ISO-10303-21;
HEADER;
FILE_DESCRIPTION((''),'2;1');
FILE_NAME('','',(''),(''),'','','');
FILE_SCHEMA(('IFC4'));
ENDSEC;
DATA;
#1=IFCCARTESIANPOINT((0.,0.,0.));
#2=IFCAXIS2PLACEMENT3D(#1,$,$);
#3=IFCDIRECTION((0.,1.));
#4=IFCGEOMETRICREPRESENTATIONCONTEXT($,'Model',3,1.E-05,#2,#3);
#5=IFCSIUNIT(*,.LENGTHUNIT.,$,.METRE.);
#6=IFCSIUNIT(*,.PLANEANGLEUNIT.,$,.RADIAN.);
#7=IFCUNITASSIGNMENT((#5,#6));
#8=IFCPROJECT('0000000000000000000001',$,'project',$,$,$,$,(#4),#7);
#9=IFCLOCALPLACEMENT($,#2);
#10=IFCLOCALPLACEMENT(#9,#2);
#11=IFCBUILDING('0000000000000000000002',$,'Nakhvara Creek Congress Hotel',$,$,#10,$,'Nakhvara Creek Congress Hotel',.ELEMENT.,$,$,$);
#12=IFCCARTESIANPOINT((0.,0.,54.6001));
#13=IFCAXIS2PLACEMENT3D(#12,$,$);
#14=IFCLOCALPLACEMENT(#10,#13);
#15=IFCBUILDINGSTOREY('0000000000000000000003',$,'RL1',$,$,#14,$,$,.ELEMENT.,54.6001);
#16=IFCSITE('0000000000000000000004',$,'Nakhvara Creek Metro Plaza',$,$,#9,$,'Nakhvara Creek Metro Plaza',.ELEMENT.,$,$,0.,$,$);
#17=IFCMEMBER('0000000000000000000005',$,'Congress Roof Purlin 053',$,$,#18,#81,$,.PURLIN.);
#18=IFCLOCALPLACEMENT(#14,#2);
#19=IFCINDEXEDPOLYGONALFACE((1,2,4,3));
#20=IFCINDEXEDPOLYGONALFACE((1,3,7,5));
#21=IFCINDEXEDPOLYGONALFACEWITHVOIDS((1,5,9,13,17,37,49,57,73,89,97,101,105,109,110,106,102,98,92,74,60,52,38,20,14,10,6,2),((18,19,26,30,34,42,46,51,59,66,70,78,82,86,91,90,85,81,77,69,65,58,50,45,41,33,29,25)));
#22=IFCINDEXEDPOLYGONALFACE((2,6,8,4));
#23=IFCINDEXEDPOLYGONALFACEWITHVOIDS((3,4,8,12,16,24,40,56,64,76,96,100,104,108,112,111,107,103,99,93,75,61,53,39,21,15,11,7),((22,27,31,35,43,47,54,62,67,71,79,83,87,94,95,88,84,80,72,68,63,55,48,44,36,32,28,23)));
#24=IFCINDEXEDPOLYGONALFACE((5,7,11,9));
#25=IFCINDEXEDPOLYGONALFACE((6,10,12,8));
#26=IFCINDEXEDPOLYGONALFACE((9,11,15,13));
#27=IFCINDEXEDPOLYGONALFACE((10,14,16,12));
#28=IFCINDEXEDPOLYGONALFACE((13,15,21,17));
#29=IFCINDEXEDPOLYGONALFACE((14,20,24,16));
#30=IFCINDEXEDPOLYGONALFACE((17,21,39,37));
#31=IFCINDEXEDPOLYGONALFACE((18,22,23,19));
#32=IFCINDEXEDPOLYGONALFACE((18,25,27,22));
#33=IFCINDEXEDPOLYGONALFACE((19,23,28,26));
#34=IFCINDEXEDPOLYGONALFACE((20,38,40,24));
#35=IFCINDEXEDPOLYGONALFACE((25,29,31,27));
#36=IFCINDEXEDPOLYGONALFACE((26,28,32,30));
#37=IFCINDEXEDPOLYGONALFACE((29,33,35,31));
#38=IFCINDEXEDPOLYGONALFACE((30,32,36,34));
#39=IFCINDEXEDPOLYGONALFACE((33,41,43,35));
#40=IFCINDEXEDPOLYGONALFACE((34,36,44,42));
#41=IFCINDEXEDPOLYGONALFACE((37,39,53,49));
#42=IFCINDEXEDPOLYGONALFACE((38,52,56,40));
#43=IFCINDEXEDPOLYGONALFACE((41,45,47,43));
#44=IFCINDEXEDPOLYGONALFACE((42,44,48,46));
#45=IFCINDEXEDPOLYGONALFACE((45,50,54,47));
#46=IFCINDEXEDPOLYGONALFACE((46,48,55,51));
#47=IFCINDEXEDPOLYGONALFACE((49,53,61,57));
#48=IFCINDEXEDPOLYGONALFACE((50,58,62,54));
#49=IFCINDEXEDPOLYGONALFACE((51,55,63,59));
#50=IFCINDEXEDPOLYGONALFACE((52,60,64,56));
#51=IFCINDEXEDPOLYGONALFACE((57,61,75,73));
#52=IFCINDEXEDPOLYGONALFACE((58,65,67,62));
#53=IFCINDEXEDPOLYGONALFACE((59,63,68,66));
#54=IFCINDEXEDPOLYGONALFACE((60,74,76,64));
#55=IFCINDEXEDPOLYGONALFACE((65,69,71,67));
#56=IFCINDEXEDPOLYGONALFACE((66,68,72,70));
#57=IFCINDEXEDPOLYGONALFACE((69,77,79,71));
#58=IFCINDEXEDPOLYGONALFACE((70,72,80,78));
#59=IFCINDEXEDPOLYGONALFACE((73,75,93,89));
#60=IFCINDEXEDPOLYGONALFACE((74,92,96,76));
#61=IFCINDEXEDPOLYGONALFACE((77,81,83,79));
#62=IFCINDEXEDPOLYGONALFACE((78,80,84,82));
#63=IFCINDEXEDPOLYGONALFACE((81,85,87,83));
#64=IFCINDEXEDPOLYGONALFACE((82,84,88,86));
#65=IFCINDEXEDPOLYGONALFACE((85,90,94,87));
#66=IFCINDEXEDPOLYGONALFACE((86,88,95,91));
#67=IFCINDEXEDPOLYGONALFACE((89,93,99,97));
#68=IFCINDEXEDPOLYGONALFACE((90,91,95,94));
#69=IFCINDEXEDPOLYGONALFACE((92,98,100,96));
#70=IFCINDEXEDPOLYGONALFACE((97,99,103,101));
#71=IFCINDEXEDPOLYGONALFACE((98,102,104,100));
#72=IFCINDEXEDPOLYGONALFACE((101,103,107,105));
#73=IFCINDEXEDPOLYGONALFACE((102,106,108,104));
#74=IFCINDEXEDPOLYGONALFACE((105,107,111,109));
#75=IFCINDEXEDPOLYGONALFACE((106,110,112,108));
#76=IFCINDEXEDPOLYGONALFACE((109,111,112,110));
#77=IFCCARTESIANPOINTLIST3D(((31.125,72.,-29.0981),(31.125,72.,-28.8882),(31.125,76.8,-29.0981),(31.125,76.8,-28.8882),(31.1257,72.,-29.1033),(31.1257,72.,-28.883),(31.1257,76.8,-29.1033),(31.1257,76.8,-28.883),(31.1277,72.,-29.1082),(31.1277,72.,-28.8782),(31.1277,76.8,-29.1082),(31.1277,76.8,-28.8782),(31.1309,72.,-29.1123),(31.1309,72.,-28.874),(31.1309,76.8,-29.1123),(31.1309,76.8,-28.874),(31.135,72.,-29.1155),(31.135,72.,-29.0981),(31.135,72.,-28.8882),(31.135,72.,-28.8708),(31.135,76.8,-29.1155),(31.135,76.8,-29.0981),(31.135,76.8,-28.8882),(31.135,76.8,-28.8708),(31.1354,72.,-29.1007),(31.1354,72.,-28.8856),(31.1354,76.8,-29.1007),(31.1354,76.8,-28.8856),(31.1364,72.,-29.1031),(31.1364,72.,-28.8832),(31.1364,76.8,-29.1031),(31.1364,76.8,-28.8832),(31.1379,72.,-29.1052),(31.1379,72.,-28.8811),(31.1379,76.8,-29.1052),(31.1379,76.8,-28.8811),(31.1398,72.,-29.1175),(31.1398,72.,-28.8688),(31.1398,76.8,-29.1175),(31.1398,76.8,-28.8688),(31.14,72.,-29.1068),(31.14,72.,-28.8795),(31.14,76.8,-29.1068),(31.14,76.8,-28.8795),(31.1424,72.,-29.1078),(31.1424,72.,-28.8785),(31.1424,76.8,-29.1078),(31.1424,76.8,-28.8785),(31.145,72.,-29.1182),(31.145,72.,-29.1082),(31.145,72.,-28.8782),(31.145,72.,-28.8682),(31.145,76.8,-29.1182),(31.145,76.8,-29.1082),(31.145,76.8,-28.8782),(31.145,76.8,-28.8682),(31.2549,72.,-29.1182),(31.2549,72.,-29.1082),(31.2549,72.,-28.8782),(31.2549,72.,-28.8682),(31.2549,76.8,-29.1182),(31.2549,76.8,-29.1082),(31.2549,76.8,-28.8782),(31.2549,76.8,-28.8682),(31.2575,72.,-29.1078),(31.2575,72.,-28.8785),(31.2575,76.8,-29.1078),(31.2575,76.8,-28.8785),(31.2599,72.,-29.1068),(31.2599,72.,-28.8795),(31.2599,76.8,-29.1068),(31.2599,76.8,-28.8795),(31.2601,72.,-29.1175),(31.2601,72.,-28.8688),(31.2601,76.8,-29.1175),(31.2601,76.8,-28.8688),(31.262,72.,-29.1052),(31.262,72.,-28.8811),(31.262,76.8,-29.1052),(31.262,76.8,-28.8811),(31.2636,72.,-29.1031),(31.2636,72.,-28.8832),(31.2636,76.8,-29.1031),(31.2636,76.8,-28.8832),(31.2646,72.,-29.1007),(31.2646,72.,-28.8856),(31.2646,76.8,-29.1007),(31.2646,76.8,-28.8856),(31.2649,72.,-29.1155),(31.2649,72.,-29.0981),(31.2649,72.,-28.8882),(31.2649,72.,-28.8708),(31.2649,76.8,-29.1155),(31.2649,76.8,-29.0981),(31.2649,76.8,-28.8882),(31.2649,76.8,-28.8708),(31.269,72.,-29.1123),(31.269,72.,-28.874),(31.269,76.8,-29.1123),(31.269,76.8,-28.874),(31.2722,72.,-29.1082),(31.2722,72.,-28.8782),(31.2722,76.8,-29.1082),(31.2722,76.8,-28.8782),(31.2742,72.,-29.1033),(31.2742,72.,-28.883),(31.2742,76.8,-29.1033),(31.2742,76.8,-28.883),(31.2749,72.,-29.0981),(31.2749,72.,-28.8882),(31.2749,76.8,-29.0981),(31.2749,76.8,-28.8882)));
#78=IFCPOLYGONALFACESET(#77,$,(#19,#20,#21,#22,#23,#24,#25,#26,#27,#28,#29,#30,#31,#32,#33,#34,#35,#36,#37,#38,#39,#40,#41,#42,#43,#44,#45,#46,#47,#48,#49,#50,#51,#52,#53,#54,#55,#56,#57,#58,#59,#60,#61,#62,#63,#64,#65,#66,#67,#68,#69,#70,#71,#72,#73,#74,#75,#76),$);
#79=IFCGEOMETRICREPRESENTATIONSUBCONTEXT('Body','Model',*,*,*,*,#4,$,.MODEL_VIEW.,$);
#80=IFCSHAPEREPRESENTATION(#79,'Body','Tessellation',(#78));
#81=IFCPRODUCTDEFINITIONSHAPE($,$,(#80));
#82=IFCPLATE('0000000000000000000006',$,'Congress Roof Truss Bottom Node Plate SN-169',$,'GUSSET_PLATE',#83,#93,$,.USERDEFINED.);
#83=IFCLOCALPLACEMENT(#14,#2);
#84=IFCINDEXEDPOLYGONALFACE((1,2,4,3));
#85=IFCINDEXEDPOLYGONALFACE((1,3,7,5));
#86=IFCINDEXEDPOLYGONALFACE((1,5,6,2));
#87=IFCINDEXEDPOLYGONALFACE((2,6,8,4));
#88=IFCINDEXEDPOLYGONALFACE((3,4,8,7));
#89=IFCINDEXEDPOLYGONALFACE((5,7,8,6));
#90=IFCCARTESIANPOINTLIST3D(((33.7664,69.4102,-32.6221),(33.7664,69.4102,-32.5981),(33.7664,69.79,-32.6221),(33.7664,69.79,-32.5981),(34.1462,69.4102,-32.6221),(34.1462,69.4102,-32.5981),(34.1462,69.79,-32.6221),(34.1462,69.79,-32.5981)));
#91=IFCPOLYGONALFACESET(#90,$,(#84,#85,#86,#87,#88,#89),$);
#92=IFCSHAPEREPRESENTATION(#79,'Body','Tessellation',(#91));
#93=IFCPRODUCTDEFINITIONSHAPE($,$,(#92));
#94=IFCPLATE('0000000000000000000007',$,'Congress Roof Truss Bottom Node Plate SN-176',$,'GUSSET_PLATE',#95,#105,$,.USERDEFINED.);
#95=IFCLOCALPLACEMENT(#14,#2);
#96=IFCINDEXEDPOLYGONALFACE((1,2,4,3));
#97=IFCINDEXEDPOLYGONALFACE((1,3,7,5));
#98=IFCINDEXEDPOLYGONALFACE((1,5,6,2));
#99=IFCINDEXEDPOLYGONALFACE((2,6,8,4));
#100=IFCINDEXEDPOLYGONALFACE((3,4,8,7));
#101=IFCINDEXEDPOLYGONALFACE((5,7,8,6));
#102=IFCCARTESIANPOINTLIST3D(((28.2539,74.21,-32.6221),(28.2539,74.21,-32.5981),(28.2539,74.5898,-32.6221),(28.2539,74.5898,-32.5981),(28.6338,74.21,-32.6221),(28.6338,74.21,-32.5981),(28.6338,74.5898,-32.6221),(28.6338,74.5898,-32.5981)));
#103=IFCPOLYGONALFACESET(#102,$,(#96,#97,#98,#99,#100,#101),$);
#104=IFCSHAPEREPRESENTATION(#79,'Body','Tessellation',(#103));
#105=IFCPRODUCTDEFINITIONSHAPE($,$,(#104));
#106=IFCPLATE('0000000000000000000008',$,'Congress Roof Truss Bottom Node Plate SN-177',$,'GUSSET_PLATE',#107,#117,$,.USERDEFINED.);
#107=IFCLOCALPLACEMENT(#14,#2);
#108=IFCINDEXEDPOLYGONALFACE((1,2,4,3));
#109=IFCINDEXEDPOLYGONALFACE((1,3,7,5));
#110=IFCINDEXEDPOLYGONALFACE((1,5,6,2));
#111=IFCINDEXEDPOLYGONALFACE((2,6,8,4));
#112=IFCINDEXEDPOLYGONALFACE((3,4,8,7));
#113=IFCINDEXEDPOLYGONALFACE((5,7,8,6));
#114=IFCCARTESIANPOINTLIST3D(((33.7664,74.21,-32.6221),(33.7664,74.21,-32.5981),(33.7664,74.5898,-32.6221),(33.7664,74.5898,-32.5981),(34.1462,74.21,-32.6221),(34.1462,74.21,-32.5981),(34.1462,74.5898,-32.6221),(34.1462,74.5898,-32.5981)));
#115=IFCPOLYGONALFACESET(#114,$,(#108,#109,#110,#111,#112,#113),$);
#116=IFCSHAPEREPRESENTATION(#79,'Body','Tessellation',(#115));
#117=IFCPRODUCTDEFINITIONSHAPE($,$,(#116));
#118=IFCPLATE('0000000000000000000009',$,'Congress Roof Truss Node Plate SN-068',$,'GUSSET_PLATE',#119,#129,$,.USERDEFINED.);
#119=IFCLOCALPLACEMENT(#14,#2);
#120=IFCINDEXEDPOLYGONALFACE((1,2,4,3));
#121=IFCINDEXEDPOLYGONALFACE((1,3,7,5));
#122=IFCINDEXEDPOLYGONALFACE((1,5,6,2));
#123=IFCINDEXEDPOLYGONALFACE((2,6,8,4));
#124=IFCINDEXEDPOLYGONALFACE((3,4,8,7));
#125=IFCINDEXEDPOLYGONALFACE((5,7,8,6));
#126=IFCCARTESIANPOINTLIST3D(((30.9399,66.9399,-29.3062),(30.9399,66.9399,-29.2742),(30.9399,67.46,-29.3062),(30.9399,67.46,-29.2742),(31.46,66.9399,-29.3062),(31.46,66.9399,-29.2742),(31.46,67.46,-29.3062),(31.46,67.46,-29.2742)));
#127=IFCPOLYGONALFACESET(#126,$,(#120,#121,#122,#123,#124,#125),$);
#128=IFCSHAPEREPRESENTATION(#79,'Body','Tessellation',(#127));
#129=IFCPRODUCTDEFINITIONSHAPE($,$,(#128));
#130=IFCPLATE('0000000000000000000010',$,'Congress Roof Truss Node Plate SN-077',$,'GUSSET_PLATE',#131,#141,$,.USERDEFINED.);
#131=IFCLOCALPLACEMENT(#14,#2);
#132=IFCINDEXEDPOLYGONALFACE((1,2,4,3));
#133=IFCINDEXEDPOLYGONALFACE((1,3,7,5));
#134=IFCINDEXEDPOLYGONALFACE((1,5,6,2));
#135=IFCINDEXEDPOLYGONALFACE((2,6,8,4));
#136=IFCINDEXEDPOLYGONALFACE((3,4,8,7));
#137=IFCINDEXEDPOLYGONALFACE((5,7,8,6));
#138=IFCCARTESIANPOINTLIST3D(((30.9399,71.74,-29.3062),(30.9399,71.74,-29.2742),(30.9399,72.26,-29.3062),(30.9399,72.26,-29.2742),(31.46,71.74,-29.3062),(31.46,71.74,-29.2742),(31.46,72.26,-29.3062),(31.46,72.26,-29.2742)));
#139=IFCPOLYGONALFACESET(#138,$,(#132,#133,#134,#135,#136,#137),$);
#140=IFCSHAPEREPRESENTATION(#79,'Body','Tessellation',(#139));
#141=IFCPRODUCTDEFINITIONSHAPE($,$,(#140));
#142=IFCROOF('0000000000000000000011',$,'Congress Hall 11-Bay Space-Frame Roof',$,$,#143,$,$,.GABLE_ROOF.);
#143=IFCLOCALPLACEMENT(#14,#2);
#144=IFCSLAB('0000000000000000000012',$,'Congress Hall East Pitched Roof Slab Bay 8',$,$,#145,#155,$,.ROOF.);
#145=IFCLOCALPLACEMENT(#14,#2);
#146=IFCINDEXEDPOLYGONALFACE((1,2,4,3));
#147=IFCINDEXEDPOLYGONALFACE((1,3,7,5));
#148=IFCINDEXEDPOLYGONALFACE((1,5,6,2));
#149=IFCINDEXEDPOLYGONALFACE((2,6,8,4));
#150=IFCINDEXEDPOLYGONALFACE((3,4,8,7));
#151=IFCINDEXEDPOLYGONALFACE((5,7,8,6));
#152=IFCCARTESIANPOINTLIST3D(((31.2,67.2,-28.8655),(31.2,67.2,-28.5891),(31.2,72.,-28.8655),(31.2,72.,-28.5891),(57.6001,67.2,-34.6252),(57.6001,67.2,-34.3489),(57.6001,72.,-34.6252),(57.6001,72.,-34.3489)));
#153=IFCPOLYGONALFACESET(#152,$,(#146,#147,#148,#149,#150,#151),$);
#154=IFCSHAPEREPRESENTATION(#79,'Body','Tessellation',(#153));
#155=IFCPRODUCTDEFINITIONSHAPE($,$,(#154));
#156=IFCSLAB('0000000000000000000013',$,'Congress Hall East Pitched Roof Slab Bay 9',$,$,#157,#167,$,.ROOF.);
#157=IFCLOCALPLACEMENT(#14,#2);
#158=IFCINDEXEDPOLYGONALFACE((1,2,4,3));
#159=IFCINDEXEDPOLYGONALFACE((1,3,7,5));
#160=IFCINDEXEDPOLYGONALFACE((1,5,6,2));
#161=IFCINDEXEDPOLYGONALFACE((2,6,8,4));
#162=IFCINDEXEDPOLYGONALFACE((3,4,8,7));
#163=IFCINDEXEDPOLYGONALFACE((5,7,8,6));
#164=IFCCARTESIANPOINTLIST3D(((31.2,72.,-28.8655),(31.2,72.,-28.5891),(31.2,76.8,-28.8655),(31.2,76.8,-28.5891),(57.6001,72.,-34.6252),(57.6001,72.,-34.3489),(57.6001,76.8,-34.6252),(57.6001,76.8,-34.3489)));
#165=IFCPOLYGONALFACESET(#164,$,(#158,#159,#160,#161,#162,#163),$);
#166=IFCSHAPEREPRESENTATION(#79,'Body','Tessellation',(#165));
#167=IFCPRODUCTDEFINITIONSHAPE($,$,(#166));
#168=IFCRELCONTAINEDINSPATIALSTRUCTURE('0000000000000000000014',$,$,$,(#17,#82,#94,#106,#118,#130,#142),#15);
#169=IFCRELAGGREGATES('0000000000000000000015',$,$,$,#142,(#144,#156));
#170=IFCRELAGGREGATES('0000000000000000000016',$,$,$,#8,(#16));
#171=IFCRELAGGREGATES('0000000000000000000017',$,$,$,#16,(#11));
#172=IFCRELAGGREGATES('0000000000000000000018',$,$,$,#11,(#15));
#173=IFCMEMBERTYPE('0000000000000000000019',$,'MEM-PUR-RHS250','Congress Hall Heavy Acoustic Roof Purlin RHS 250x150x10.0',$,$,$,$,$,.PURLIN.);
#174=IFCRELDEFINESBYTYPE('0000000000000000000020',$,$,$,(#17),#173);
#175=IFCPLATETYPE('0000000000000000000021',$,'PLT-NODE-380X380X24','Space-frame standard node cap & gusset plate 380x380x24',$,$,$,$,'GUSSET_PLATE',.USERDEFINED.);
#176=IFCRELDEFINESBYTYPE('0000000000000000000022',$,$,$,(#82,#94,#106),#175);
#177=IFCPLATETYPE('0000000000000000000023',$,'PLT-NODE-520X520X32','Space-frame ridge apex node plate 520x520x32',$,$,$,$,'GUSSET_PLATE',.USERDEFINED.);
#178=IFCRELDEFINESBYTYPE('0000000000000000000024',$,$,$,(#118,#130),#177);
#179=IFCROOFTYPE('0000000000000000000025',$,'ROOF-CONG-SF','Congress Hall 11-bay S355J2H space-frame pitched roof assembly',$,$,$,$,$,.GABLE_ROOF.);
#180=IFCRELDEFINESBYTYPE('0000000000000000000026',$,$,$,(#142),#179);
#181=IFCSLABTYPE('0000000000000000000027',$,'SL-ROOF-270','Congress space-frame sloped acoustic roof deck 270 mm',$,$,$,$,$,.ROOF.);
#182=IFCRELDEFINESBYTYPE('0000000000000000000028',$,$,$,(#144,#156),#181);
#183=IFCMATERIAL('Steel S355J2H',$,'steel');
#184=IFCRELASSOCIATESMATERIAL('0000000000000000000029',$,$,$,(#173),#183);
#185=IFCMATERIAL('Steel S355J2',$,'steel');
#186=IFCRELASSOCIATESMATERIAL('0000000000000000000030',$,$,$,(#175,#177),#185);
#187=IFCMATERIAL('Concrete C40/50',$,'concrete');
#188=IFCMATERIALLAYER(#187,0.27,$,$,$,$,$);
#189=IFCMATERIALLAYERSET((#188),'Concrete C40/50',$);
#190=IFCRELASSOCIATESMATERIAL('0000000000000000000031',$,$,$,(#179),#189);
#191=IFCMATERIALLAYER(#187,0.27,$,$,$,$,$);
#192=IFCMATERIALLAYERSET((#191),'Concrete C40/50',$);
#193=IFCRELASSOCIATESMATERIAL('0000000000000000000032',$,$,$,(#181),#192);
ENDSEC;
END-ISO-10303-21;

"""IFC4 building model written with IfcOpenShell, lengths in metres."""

from ifc_helpers import new_model, si_unit, direction, frame, origin, origin_2d, place, context, subcontext, project, spatial, polyline, rectangle, hollow_rectangle, outline, extrude, material, layer, layer_set, material_profile, profile_set, type_object, element, aggregate, save


model = new_model("IFC4")

# Units and contexts
model_context = context("Model", 3, precision=1e-05, world=origin(), true_north=direction((0.0, 1.0)))
body_context = subcontext(model_context, "Body", "Model", "MODEL_VIEW")
ifc_project = project(units=[si_unit("LENGTHUNIT", "METRE"), si_unit("PLANEANGLEUNIT", "RADIAN")], contexts=[model_context])

# Site, building, storey
site_placement = place(None, origin())
site = spatial("IfcSite", under=ifc_project, at=site_placement, Name="Nakhvara Creek Metro Plaza", LongName="Nakhvara Creek Metro Plaza", CompositionType="ELEMENT", RefElevation=0.0)
building_placement = place(site_placement, origin())
building = spatial("IfcBuilding", under=site, at=building_placement, Name="Nakhvara Creek Congress Hotel", LongName="Nakhvara Creek Congress Hotel", CompositionType="ELEMENT")
storey_placement = place(building_placement, frame((0.0, 0.0, 54.6001)))
storey = spatial("IfcBuildingStorey", under=building, at=storey_placement, Name="RL1", CompositionType="ELEMENT", Elevation=54.6001)

# Member
ifc_material_1 = material(Name="Steel S355J2H", Category="steel")
ifc_material_profile_1 = material_profile(ifc_material_1, hollow_rectangle(XDim=0.1499, YDim=0.25, WallThickness=0.01, InnerFilletRadius=0.01, OuterFilletRadius=0.02, at=origin_2d()), Name="RHS 250x150x10.0", Category="LoadBearing")
ifc_profile_set_1 = profile_set([ifc_material_profile_1], Name="Steel S355J2H")
member_type_1 = type_object("IfcMemberType", Name="MEM-PUR-RHS250", Description="Congress Hall Heavy Acoustic Roof Purlin RHS 250x150x10.0", PredefinedType="PURLIN", material=ifc_profile_set_1)
for number, where, z_axis, x_axis, name in (
    (1, (31.2, 72.0, -28.9932), (0.0, 1.0, 0.0), (-1.0, 0.0, 0.0), "Congress Roof Purlin 053"),
):
    element("IfcMember", number, at=place(storey_placement, frame(where, z_axis=z_axis, x_axis=x_axis)), inside=storey, type_object=member_type_1, Name=name, PredefinedType="PURLIN", context=body_context, shape_type="SweptSolid", body=[
        extrude(hollow_rectangle(XDim=0.1499, YDim=0.25, WallThickness=0.01, InnerFilletRadius=0.01, OuterFilletRadius=0.02, at=origin_2d()), origin(), (0.0, 0.0, 1.0), 4.8),
    ])

# Plates
ifc_material_2 = material(Name="Steel S355J2", Category="steel")
plate_type_1 = type_object("IfcPlateType", Name="PLT-NODE-380X380X24", Description="Space-frame standard node cap & gusset plate 380x380x24", ElementType="GUSSET_PLATE", PredefinedType="USERDEFINED", material=ifc_material_2)
for number, where, z_axis, x_axis, name in (
    (2, (33.9563, 69.6001, -32.6221), (0.0, 0.0, 1.0), (1.0, 0.0, 0.0), "Congress Roof Truss Bottom Node Plate SN-169"),
    (3, (28.4438, 74.3999, -32.6221), (0.0, 0.0, 1.0), (1.0, 0.0, 0.0), "Congress Roof Truss Bottom Node Plate SN-176"),
    (4, (33.9563, 74.3999, -32.6221), (0.0, 0.0, 1.0), (1.0, 0.0, 0.0), "Congress Roof Truss Bottom Node Plate SN-177"),
):
    element("IfcPlate", number, at=place(storey_placement, frame(where, z_axis=z_axis, x_axis=x_axis)), inside=storey, type_object=plate_type_1, Name=name, ObjectType="GUSSET_PLATE", PredefinedType="USERDEFINED", context=body_context, shape_type="SweptSolid", body=[
        extrude(rectangle(XDim=0.3799, YDim=0.3799, at=origin_2d()), origin(), (0.0, 0.0, 1.0), 0.0239),
    ])
plate_type_2 = type_object("IfcPlateType", Name="PLT-NODE-520X520X32", Description="Space-frame ridge apex node plate 520x520x32", ElementType="GUSSET_PLATE", PredefinedType="USERDEFINED", material=ifc_material_2)
for number, where, z_axis, x_axis, name in (
    (5, (31.2, 67.2, -29.3062), (0.0, 0.0, 1.0), (1.0, 0.0, 0.0), "Congress Roof Truss Node Plate SN-068"),
    (6, (31.2, 72.0, -29.3062), (0.0, 0.0, 1.0), (1.0, 0.0, 0.0), "Congress Roof Truss Node Plate SN-077"),
):
    element("IfcPlate", number, at=place(storey_placement, frame(where, z_axis=z_axis, x_axis=x_axis)), inside=storey, type_object=plate_type_2, Name=name, ObjectType="GUSSET_PLATE", PredefinedType="USERDEFINED", context=body_context, shape_type="SweptSolid", body=[
        extrude(rectangle(XDim=0.52, YDim=0.52, at=origin_2d()), origin(), (0.0, 0.0, 1.0), 0.032),
    ])

# Roof, slabs
ifc_material_3 = material(Name="Concrete C40/50", Category="concrete")
ifc_layer_1 = layer(ifc_material_3, 0.27)
ifc_layer_set_1 = layer_set([ifc_layer_1], Name="Concrete C40/50")
roof_type = type_object("IfcRoofType", Name="ROOF-CONG-SF", Description="Congress Hall 11-bay S355J2H space-frame pitched roof assembly", PredefinedType="GABLE_ROOF", material=ifc_layer_set_1)
roof_placement = place(storey_placement, origin())
roof = element("IfcRoof", 7, at=roof_placement, inside=storey, type_object=roof_type, Name="Congress Hall 11-Bay Space-Frame Roof", PredefinedType="GABLE_ROOF")
ifc_layer_2 = layer(ifc_material_3, 0.27)
ifc_layer_set_2 = layer_set([ifc_layer_2], Name="Concrete C40/50")
slab_type = type_object("IfcSlabType", Name="SL-ROOF-270", Description="Congress space-frame sloped acoustic roof deck 270 mm", PredefinedType="ROOF", material=ifc_layer_set_2)
slab_1_placement = place(storey_placement, frame((31.2, 67.2, -28.5891), z_axis=(0.0, 0.0, 1.0), x_axis=(1.0, 0.0, 0.0)))
slab_1 = element("IfcSlab", 8, at=slab_1_placement, type_object=slab_type, Name="Congress Hall East Pitched Roof Slab Bay 8", PredefinedType="ROOF", context=body_context, shape_type="SweptSolid", body=[
    extrude(outline(polyline([(0.0, 0.0), (26.4001, -5.7598), (26.4001, -6.0361), (0.0, -0.2764), (0.0, 0.0)])), frame((0.0, 4.8, 0.0), z_axis=(0.0, -1.0, 0.0), x_axis=(1.0, 0.0, 0.0)), (0.0, 0.0, 1.0), 4.8),
])
slab_2_placement = place(storey_placement, frame((31.2, 72.0, -28.5891), z_axis=(0.0, 0.0, 1.0), x_axis=(1.0, 0.0, 0.0)))
slab_2 = element("IfcSlab", 9, at=slab_2_placement, type_object=slab_type, Name="Congress Hall East Pitched Roof Slab Bay 9", PredefinedType="ROOF", context=body_context, shape_type="SweptSolid", body=[
    extrude(outline(polyline([(0.0, 0.0), (26.4001, -5.7598), (26.4001, -6.0361), (0.0, -0.2764), (0.0, 0.0)])), frame((0.0, 4.8, 0.0), z_axis=(0.0, -1.0, 0.0), x_axis=(1.0, 0.0, 0.0)), (0.0, 0.0, 1.0), 4.8),
])
aggregate(roof, [slab_1, slab_2])

save(model, "model.ifc")
